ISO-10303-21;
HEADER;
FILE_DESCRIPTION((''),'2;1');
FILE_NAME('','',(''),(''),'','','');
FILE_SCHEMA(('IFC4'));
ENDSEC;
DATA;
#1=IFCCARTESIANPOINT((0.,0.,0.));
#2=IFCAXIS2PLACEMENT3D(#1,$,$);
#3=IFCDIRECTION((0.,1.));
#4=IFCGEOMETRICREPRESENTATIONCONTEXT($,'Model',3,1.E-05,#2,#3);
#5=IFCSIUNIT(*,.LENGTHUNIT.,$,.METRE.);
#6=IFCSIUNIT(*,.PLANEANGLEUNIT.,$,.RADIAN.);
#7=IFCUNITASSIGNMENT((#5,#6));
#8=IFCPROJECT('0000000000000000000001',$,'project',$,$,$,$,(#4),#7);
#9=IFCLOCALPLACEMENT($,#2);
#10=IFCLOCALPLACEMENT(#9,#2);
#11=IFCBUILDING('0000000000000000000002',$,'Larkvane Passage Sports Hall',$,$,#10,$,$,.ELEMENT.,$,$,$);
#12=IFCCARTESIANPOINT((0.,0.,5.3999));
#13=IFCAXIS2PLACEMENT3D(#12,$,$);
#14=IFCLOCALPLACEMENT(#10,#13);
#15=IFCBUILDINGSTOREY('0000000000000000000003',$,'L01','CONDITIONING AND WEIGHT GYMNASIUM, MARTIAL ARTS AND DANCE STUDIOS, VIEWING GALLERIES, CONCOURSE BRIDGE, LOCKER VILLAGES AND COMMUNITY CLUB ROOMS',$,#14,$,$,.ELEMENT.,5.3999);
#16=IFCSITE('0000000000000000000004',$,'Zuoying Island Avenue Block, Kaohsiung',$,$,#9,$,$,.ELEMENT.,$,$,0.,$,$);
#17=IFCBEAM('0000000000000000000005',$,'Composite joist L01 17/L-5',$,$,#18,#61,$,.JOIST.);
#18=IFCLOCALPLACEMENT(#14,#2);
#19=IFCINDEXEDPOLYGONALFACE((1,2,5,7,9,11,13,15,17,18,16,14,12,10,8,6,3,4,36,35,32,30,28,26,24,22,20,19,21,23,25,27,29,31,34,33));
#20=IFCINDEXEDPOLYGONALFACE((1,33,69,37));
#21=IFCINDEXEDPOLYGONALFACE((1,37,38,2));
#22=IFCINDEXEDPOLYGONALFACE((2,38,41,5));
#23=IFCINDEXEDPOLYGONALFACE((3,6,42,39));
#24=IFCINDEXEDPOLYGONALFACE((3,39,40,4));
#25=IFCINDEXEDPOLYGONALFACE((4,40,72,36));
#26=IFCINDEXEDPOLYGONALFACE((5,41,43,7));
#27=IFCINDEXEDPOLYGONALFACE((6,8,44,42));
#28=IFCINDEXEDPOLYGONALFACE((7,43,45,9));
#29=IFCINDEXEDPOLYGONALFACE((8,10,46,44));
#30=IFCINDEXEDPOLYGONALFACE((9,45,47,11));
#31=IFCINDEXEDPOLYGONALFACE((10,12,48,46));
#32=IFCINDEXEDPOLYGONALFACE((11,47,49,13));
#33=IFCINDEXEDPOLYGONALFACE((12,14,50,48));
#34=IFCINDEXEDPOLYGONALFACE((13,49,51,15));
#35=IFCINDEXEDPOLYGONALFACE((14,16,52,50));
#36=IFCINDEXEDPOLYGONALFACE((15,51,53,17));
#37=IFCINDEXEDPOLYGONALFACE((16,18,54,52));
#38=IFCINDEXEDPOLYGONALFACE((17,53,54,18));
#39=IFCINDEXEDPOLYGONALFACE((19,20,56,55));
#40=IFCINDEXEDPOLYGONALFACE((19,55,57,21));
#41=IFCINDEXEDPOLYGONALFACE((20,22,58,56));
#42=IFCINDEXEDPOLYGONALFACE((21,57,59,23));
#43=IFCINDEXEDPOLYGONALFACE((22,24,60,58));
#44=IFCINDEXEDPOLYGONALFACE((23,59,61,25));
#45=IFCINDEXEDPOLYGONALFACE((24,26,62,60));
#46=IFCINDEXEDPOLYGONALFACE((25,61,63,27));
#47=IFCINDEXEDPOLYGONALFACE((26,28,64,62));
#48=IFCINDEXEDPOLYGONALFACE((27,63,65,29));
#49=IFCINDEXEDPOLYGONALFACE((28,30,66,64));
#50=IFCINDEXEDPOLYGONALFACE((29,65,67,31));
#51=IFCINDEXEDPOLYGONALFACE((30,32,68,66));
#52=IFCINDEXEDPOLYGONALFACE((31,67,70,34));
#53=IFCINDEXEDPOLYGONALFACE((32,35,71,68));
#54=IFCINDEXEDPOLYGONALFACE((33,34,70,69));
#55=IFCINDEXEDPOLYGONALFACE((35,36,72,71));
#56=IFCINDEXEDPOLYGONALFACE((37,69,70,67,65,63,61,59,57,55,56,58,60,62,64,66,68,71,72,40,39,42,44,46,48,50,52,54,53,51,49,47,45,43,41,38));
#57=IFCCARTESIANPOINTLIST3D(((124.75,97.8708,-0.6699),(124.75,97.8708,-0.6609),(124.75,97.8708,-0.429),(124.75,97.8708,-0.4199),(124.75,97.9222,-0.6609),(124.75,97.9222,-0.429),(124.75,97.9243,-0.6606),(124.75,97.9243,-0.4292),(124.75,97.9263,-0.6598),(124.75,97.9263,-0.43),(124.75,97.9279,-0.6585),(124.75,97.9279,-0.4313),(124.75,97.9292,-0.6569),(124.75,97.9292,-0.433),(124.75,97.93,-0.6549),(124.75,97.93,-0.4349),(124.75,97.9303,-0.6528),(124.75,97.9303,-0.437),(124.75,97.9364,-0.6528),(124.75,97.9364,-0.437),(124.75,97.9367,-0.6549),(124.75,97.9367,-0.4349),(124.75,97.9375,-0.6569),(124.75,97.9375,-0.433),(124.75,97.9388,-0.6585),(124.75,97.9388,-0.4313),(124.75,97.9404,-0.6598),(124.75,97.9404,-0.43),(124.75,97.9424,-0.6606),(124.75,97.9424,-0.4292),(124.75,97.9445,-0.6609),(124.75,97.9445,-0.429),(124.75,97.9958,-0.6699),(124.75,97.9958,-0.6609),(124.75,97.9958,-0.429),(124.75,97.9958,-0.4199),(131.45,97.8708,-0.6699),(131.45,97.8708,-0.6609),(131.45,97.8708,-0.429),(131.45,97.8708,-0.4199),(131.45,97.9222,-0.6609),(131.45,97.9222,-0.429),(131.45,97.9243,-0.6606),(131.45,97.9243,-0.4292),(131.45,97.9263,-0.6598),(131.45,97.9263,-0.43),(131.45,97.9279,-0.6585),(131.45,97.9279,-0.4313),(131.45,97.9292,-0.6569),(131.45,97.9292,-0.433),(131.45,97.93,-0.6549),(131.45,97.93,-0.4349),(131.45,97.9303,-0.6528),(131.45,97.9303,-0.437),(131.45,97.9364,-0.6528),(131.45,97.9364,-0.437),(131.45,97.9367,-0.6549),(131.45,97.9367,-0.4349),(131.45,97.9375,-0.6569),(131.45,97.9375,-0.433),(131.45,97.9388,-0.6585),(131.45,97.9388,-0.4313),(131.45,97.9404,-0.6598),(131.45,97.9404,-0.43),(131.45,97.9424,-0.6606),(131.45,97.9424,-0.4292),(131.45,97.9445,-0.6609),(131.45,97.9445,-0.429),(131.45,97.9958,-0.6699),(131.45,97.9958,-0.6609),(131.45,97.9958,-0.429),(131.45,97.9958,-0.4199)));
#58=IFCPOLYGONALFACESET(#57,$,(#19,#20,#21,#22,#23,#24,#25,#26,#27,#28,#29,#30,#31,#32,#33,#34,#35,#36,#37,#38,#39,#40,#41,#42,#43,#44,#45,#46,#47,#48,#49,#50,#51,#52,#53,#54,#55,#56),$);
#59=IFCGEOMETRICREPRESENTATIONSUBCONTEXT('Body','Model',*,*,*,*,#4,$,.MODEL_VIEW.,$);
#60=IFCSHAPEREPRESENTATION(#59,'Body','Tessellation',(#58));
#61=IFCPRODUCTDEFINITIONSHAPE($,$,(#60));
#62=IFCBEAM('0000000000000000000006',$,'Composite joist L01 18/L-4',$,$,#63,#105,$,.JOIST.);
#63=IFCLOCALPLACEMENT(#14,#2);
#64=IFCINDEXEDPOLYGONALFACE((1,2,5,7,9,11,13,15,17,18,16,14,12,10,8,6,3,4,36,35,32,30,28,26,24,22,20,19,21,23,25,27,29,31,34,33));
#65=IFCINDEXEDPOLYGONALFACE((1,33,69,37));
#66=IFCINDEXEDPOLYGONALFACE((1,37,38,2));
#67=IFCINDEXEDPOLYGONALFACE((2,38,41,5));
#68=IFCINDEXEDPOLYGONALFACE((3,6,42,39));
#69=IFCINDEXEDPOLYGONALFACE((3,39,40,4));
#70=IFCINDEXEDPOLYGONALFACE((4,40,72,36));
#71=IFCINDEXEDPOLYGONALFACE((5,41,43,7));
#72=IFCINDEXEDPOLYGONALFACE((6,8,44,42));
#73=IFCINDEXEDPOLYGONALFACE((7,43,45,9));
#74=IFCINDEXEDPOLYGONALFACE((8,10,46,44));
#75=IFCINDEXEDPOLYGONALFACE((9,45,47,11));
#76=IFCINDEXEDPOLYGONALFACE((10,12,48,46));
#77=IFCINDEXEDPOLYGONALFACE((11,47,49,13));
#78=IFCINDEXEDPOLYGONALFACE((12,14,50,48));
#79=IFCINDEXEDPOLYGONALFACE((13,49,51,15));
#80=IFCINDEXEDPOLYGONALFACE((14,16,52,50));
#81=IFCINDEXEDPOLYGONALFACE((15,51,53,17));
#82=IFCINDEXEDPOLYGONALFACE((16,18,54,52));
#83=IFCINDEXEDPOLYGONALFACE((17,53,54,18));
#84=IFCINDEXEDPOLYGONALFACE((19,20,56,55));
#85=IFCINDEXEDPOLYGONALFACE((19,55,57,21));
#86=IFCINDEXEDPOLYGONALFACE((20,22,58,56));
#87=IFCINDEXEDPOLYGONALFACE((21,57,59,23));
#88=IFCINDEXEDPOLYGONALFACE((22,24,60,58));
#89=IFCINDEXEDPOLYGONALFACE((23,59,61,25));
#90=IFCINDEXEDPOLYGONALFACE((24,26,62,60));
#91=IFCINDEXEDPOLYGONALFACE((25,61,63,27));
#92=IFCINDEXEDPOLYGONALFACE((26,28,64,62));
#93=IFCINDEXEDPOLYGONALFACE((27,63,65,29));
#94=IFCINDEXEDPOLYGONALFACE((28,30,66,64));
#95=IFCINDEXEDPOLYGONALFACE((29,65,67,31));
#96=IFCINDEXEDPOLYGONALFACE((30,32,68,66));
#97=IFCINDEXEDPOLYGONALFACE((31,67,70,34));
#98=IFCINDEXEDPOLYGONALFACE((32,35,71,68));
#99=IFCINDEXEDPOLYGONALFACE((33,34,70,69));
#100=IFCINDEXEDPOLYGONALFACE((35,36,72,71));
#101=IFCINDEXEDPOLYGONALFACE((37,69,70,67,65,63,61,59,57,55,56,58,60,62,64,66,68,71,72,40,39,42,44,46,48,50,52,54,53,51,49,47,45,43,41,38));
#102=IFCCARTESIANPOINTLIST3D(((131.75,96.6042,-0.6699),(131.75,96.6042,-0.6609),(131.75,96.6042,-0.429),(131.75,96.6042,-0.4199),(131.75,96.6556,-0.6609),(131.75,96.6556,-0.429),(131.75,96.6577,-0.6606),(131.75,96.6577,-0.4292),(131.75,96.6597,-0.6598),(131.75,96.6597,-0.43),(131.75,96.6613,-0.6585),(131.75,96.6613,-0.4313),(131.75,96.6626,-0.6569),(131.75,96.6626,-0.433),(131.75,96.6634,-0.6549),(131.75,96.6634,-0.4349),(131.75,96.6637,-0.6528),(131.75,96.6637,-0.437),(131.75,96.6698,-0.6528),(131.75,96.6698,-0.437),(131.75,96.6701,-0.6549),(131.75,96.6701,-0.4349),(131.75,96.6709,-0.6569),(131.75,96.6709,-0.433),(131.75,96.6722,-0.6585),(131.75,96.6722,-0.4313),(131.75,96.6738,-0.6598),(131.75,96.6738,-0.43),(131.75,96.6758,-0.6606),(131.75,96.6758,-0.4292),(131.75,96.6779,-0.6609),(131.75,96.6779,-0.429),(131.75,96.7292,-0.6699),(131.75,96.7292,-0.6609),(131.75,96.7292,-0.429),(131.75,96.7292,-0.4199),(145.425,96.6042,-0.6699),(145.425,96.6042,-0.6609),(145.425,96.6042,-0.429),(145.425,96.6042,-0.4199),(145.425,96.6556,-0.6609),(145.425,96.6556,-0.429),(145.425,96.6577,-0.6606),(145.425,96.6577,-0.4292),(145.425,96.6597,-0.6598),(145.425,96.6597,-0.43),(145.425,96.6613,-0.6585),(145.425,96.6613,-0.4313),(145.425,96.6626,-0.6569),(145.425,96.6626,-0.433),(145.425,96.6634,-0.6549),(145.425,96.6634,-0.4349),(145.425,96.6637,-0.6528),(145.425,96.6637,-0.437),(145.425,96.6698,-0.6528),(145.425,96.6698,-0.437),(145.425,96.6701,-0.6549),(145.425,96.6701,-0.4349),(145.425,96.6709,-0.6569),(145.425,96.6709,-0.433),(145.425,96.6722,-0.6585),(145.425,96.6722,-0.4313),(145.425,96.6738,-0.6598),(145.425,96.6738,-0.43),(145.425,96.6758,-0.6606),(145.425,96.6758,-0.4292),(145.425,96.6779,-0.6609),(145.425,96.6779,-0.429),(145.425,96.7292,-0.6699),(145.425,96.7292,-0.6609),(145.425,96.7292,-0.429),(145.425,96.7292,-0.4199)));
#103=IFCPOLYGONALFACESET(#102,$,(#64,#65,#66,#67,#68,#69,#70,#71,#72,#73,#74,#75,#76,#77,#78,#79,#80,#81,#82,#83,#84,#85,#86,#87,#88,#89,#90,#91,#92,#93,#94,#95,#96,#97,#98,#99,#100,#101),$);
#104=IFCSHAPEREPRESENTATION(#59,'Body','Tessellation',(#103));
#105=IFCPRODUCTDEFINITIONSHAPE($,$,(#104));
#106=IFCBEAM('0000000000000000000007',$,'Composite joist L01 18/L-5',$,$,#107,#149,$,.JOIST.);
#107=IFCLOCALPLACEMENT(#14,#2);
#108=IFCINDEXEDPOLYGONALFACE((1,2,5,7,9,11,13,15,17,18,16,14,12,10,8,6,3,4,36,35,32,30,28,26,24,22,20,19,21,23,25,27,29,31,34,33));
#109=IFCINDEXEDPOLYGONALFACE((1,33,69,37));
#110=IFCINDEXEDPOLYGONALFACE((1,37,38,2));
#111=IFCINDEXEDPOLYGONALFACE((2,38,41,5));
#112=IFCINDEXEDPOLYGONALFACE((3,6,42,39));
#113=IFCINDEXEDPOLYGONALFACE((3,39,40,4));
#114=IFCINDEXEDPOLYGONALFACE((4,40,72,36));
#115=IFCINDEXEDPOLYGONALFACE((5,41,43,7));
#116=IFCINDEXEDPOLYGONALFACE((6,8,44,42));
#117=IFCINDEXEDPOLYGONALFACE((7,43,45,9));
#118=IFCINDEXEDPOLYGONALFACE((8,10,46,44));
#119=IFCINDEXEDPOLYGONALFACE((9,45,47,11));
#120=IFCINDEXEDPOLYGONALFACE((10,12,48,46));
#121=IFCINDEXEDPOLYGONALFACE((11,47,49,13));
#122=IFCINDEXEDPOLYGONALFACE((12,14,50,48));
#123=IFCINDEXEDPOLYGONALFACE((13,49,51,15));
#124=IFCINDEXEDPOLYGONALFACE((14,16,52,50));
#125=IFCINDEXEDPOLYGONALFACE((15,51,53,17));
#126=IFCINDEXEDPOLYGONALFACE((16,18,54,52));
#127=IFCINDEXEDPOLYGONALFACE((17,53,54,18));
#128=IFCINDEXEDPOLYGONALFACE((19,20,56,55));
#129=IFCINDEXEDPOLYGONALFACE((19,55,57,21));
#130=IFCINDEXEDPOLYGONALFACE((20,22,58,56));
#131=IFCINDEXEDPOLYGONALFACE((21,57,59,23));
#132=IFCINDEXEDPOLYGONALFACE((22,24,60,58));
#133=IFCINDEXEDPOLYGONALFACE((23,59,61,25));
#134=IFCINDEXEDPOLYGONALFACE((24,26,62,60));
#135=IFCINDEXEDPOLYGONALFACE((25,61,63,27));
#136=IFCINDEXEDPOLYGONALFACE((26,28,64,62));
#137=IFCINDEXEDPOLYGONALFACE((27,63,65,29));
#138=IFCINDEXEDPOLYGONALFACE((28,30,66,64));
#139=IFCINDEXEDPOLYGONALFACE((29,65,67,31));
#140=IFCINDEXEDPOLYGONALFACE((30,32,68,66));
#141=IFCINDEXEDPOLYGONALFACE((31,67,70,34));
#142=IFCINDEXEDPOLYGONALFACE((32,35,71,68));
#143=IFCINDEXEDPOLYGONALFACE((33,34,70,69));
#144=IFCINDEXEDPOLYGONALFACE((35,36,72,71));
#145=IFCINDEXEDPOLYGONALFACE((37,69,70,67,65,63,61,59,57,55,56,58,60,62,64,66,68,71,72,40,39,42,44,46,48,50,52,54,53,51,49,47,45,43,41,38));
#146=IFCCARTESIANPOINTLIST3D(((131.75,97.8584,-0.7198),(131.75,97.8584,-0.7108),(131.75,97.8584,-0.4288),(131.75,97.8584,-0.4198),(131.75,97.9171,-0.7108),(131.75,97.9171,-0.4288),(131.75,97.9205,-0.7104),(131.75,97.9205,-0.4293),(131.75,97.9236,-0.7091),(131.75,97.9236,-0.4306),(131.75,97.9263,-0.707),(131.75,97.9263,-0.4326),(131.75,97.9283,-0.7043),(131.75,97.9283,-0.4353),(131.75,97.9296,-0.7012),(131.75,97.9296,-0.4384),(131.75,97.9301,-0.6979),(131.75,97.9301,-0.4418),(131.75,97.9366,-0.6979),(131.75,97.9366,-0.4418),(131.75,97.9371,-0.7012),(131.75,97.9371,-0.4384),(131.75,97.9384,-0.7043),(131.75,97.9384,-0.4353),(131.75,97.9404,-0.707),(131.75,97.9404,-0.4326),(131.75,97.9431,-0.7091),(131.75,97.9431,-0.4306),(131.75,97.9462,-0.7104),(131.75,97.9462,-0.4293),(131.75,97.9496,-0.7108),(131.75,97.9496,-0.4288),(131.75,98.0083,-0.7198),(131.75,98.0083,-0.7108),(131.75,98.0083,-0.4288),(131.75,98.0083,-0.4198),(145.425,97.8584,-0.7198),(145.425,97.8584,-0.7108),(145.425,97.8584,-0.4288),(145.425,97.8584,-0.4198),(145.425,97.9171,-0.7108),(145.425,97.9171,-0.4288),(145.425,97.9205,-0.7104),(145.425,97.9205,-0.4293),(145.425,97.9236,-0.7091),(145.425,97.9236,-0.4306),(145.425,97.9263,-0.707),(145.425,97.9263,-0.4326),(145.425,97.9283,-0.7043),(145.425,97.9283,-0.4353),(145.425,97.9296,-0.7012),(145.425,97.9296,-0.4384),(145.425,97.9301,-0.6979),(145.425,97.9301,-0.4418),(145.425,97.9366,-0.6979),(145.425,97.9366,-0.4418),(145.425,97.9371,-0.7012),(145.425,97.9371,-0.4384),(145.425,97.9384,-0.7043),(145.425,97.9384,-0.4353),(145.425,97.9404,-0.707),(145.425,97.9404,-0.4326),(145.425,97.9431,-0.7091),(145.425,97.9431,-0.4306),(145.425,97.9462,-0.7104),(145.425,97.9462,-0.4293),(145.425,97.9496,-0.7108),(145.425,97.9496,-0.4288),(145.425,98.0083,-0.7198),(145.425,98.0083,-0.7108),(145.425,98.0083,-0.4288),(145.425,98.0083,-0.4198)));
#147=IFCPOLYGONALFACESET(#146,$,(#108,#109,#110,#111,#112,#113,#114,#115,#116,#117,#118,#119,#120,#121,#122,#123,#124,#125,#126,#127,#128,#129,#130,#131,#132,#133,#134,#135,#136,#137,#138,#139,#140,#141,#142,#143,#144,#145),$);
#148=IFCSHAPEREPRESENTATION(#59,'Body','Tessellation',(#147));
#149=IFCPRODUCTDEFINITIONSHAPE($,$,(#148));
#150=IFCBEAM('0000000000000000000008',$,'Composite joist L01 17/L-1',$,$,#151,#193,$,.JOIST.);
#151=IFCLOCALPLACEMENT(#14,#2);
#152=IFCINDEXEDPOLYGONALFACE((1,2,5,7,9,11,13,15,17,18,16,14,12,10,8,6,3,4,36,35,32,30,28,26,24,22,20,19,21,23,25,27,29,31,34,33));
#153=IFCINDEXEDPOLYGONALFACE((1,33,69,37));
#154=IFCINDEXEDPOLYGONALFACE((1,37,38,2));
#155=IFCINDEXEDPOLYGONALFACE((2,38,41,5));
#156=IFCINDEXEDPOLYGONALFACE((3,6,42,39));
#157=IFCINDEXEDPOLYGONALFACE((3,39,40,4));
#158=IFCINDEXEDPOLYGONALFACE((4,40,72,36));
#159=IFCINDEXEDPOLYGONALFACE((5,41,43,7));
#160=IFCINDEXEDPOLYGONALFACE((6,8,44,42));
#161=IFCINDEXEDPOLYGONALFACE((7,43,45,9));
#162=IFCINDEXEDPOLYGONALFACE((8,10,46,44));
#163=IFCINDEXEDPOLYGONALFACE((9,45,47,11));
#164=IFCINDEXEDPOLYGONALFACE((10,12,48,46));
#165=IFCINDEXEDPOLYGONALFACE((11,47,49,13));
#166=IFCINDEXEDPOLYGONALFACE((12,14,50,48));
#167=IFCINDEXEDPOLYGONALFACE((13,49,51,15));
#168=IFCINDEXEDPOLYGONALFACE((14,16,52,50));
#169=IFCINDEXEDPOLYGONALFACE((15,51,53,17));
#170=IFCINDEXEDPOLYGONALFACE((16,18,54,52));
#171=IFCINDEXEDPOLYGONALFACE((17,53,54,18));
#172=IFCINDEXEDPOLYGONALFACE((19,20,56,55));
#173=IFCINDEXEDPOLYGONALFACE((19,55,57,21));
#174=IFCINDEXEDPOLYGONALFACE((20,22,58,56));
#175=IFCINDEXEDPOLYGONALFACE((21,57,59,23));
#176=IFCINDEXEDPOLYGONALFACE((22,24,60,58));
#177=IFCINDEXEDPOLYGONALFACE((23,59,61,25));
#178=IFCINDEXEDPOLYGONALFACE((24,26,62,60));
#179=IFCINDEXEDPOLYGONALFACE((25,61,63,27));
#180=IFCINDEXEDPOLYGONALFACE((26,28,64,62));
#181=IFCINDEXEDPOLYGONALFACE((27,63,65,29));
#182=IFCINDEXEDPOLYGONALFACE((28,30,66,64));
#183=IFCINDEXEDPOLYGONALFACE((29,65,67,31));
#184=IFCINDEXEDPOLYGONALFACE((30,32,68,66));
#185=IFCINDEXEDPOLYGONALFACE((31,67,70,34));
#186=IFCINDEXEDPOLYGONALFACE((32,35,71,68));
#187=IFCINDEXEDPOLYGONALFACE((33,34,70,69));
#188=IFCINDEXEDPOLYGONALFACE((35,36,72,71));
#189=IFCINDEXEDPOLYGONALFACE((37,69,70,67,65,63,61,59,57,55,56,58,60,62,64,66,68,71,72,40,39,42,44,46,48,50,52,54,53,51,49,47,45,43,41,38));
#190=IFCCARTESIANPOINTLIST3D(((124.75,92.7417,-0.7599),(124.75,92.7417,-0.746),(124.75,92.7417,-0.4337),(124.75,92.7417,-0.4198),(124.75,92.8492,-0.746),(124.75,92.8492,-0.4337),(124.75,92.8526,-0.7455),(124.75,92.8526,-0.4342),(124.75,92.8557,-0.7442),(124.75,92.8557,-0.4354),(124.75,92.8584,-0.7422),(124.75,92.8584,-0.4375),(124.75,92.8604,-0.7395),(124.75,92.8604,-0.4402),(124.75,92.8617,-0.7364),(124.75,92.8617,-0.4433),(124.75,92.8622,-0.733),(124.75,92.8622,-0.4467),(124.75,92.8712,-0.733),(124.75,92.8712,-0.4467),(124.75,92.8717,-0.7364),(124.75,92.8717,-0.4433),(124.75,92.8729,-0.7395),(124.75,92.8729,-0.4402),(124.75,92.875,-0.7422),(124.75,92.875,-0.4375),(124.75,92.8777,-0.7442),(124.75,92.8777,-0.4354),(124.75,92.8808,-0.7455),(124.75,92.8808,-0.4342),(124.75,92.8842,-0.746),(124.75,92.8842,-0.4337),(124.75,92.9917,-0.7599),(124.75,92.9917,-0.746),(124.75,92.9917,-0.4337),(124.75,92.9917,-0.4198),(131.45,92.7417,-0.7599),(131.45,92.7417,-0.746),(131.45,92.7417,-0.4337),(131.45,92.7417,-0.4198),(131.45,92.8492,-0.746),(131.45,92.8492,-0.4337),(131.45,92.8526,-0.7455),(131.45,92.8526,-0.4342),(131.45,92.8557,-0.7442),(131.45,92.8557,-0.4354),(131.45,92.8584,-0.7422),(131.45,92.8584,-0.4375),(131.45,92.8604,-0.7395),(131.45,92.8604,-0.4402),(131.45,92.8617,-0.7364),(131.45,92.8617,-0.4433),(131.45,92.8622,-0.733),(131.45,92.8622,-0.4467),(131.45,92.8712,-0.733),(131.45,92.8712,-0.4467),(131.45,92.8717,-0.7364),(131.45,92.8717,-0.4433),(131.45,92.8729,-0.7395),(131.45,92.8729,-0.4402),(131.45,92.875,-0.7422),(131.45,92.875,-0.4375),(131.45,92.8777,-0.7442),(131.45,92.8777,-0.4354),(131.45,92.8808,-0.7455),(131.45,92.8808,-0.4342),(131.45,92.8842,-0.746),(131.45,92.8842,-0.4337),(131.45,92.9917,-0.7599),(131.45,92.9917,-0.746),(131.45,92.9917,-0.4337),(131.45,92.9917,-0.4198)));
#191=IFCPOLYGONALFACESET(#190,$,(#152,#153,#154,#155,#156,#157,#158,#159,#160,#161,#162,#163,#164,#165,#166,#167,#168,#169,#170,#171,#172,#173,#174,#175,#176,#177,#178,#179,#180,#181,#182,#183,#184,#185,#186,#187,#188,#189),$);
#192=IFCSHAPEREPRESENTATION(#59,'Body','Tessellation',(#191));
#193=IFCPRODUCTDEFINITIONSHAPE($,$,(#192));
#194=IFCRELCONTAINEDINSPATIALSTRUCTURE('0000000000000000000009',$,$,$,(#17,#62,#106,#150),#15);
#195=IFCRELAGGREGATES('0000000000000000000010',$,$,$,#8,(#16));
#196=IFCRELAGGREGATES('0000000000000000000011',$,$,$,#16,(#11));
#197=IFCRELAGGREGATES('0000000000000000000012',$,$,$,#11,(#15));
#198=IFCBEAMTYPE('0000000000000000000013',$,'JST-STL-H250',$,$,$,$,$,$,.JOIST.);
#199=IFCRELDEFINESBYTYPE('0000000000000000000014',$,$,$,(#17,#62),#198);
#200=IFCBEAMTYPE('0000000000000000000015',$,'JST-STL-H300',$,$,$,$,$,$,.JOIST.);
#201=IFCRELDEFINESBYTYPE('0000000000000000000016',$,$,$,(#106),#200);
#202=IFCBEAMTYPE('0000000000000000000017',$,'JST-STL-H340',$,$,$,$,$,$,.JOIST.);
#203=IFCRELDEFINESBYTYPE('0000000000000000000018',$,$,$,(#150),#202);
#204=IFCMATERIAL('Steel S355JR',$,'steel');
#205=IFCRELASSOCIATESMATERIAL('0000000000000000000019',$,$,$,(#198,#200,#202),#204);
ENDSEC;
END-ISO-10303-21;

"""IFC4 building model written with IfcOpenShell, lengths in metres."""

from ifc_helpers import new_model, si_unit, direction, frame, origin, origin_2d, place, context, subcontext, project, spatial, i_section, extrude, material, material_profile, profile_set, type_object, element, save


model = new_model("IFC4")

# Units and contexts
model_context = context("Model", 3, precision=1e-05, world=origin(), true_north=direction((0.0, 1.0)))
body_context = subcontext(model_context, "Body", "Model", "MODEL_VIEW")
ifc_project = project(units=[si_unit("LENGTHUNIT", "METRE"), si_unit("PLANEANGLEUNIT", "RADIAN")], contexts=[model_context])

# Site, building, storey
site_placement = place(None, origin())
site = spatial("IfcSite", under=ifc_project, at=site_placement, Name="Zuoying Island Avenue Block, Kaohsiung", CompositionType="ELEMENT", RefElevation=0.0)
building_placement = place(site_placement, origin())
building = spatial("IfcBuilding", under=site, at=building_placement, Name="Larkvane Passage Sports Hall", CompositionType="ELEMENT")
storey_placement = place(building_placement, frame((0.0, 0.0, 5.3999)))
storey = spatial("IfcBuildingStorey", under=building, at=storey_placement, Name="L01", Description="CONDITIONING AND WEIGHT GYMNASIUM, MARTIAL ARTS AND DANCE STUDIOS, VIEWING GALLERIES, CONCOURSE BRIDGE, LOCKER VILLAGES AND COMMUNITY CLUB ROOMS", CompositionType="ELEMENT", Elevation=5.3999)

# Beams
ifc_material_1 = material(Name="Steel S355JR", Category="steel")
ifc_material_profile_1 = material_profile(ifc_material_1, i_section(OverallWidth=0.125, OverallDepth=0.25, WebThickness=0.0061, FlangeThickness=0.009, FilletRadius=0.0081, at=origin_2d()), Name="H-250x125x6x9")
ifc_profile_set_1 = profile_set([ifc_material_profile_1], Name="Steel S355JR")
beam_type_1 = type_object("IfcBeamType", Name="JST-STL-H250", PredefinedType="JOIST", material=ifc_profile_set_1)
beam_1_placement = place(storey_placement, frame((124.75, 97.9333, -0.5449), z_axis=(1.0, 0.0, 0.0), x_axis=(0.0, 1.0, 0.0)))
element("IfcBeam", 1, at=beam_1_placement, inside=storey, type_object=beam_type_1, Name="Composite joist L01 17/L-5", PredefinedType="JOIST", context=body_context, shape_type="SweptSolid", body=[
    extrude(i_section(OverallWidth=0.125, OverallDepth=0.25, WebThickness=0.0061, FlangeThickness=0.009, FilletRadius=0.0081, at=origin_2d()), origin(), (0.0, 0.0, 1.0), 6.7),
])
beam_2_placement = place(storey_placement, frame((131.75, 96.6667, -0.5449), z_axis=(1.0, 0.0, 0.0), x_axis=(0.0, 1.0, 0.0)))
element("IfcBeam", 2, at=beam_2_placement, inside=storey, type_object=beam_type_1, Name="Composite joist L01 18/L-4", PredefinedType="JOIST", context=body_context, shape_type="SweptSolid", body=[
    extrude(i_section(OverallWidth=0.125, OverallDepth=0.25, WebThickness=0.0061, FlangeThickness=0.009, FilletRadius=0.0081, at=origin_2d()), origin(), (0.0, 0.0, 1.0), 13.675),
])
ifc_material_profile_2 = material_profile(ifc_material_1, i_section(OverallWidth=0.1499, OverallDepth=0.3, WebThickness=0.0066, FlangeThickness=0.009, FilletRadius=0.0129, at=origin_2d()), Name="H-300x150x6.5x9")
ifc_profile_set_2 = profile_set([ifc_material_profile_2], Name="Steel S355JR")
beam_type_2 = type_object("IfcBeamType", Name="JST-STL-H300", PredefinedType="JOIST", material=ifc_profile_set_2)
beam_3_placement = place(storey_placement, frame((131.75, 97.9333, -0.5698), z_axis=(1.0, 0.0, 0.0), x_axis=(0.0, 1.0, 0.0)))
element("IfcBeam", 3, at=beam_3_placement, inside=storey, type_object=beam_type_2, Name="Composite joist L01 18/L-5", PredefinedType="JOIST", context=body_context, shape_type="SweptSolid", body=[
    extrude(i_section(OverallWidth=0.1499, OverallDepth=0.3, WebThickness=0.0066, FlangeThickness=0.009, FilletRadius=0.0129, at=origin_2d()), origin(), (0.0, 0.0, 1.0), 13.675),
])
ifc_material_profile_3 = material_profile(ifc_material_1, i_section(OverallWidth=0.25, OverallDepth=0.3401, WebThickness=0.009, FlangeThickness=0.0139, FilletRadius=0.0129, at=origin_2d()), Name="H-340x250x9x14")
ifc_profile_set_3 = profile_set([ifc_material_profile_3], Name="Steel S355JR")
beam_type_3 = type_object("IfcBeamType", Name="JST-STL-H340", PredefinedType="JOIST", material=ifc_profile_set_3)
beam_4_placement = place(storey_placement, frame((124.75, 92.8667, -0.5898), z_axis=(1.0, 0.0, 0.0), x_axis=(0.0, 1.0, 0.0)))
element("IfcBeam", 4, at=beam_4_placement, inside=storey, type_object=beam_type_3, Name="Composite joist L01 17/L-1", PredefinedType="JOIST", context=body_context, shape_type="SweptSolid", body=[
    extrude(i_section(OverallWidth=0.25, OverallDepth=0.3401, WebThickness=0.009, FlangeThickness=0.0139, FilletRadius=0.0129, at=origin_2d()), origin(), (0.0, 0.0, 1.0), 6.7),
])

save(model, "model.ifc")
